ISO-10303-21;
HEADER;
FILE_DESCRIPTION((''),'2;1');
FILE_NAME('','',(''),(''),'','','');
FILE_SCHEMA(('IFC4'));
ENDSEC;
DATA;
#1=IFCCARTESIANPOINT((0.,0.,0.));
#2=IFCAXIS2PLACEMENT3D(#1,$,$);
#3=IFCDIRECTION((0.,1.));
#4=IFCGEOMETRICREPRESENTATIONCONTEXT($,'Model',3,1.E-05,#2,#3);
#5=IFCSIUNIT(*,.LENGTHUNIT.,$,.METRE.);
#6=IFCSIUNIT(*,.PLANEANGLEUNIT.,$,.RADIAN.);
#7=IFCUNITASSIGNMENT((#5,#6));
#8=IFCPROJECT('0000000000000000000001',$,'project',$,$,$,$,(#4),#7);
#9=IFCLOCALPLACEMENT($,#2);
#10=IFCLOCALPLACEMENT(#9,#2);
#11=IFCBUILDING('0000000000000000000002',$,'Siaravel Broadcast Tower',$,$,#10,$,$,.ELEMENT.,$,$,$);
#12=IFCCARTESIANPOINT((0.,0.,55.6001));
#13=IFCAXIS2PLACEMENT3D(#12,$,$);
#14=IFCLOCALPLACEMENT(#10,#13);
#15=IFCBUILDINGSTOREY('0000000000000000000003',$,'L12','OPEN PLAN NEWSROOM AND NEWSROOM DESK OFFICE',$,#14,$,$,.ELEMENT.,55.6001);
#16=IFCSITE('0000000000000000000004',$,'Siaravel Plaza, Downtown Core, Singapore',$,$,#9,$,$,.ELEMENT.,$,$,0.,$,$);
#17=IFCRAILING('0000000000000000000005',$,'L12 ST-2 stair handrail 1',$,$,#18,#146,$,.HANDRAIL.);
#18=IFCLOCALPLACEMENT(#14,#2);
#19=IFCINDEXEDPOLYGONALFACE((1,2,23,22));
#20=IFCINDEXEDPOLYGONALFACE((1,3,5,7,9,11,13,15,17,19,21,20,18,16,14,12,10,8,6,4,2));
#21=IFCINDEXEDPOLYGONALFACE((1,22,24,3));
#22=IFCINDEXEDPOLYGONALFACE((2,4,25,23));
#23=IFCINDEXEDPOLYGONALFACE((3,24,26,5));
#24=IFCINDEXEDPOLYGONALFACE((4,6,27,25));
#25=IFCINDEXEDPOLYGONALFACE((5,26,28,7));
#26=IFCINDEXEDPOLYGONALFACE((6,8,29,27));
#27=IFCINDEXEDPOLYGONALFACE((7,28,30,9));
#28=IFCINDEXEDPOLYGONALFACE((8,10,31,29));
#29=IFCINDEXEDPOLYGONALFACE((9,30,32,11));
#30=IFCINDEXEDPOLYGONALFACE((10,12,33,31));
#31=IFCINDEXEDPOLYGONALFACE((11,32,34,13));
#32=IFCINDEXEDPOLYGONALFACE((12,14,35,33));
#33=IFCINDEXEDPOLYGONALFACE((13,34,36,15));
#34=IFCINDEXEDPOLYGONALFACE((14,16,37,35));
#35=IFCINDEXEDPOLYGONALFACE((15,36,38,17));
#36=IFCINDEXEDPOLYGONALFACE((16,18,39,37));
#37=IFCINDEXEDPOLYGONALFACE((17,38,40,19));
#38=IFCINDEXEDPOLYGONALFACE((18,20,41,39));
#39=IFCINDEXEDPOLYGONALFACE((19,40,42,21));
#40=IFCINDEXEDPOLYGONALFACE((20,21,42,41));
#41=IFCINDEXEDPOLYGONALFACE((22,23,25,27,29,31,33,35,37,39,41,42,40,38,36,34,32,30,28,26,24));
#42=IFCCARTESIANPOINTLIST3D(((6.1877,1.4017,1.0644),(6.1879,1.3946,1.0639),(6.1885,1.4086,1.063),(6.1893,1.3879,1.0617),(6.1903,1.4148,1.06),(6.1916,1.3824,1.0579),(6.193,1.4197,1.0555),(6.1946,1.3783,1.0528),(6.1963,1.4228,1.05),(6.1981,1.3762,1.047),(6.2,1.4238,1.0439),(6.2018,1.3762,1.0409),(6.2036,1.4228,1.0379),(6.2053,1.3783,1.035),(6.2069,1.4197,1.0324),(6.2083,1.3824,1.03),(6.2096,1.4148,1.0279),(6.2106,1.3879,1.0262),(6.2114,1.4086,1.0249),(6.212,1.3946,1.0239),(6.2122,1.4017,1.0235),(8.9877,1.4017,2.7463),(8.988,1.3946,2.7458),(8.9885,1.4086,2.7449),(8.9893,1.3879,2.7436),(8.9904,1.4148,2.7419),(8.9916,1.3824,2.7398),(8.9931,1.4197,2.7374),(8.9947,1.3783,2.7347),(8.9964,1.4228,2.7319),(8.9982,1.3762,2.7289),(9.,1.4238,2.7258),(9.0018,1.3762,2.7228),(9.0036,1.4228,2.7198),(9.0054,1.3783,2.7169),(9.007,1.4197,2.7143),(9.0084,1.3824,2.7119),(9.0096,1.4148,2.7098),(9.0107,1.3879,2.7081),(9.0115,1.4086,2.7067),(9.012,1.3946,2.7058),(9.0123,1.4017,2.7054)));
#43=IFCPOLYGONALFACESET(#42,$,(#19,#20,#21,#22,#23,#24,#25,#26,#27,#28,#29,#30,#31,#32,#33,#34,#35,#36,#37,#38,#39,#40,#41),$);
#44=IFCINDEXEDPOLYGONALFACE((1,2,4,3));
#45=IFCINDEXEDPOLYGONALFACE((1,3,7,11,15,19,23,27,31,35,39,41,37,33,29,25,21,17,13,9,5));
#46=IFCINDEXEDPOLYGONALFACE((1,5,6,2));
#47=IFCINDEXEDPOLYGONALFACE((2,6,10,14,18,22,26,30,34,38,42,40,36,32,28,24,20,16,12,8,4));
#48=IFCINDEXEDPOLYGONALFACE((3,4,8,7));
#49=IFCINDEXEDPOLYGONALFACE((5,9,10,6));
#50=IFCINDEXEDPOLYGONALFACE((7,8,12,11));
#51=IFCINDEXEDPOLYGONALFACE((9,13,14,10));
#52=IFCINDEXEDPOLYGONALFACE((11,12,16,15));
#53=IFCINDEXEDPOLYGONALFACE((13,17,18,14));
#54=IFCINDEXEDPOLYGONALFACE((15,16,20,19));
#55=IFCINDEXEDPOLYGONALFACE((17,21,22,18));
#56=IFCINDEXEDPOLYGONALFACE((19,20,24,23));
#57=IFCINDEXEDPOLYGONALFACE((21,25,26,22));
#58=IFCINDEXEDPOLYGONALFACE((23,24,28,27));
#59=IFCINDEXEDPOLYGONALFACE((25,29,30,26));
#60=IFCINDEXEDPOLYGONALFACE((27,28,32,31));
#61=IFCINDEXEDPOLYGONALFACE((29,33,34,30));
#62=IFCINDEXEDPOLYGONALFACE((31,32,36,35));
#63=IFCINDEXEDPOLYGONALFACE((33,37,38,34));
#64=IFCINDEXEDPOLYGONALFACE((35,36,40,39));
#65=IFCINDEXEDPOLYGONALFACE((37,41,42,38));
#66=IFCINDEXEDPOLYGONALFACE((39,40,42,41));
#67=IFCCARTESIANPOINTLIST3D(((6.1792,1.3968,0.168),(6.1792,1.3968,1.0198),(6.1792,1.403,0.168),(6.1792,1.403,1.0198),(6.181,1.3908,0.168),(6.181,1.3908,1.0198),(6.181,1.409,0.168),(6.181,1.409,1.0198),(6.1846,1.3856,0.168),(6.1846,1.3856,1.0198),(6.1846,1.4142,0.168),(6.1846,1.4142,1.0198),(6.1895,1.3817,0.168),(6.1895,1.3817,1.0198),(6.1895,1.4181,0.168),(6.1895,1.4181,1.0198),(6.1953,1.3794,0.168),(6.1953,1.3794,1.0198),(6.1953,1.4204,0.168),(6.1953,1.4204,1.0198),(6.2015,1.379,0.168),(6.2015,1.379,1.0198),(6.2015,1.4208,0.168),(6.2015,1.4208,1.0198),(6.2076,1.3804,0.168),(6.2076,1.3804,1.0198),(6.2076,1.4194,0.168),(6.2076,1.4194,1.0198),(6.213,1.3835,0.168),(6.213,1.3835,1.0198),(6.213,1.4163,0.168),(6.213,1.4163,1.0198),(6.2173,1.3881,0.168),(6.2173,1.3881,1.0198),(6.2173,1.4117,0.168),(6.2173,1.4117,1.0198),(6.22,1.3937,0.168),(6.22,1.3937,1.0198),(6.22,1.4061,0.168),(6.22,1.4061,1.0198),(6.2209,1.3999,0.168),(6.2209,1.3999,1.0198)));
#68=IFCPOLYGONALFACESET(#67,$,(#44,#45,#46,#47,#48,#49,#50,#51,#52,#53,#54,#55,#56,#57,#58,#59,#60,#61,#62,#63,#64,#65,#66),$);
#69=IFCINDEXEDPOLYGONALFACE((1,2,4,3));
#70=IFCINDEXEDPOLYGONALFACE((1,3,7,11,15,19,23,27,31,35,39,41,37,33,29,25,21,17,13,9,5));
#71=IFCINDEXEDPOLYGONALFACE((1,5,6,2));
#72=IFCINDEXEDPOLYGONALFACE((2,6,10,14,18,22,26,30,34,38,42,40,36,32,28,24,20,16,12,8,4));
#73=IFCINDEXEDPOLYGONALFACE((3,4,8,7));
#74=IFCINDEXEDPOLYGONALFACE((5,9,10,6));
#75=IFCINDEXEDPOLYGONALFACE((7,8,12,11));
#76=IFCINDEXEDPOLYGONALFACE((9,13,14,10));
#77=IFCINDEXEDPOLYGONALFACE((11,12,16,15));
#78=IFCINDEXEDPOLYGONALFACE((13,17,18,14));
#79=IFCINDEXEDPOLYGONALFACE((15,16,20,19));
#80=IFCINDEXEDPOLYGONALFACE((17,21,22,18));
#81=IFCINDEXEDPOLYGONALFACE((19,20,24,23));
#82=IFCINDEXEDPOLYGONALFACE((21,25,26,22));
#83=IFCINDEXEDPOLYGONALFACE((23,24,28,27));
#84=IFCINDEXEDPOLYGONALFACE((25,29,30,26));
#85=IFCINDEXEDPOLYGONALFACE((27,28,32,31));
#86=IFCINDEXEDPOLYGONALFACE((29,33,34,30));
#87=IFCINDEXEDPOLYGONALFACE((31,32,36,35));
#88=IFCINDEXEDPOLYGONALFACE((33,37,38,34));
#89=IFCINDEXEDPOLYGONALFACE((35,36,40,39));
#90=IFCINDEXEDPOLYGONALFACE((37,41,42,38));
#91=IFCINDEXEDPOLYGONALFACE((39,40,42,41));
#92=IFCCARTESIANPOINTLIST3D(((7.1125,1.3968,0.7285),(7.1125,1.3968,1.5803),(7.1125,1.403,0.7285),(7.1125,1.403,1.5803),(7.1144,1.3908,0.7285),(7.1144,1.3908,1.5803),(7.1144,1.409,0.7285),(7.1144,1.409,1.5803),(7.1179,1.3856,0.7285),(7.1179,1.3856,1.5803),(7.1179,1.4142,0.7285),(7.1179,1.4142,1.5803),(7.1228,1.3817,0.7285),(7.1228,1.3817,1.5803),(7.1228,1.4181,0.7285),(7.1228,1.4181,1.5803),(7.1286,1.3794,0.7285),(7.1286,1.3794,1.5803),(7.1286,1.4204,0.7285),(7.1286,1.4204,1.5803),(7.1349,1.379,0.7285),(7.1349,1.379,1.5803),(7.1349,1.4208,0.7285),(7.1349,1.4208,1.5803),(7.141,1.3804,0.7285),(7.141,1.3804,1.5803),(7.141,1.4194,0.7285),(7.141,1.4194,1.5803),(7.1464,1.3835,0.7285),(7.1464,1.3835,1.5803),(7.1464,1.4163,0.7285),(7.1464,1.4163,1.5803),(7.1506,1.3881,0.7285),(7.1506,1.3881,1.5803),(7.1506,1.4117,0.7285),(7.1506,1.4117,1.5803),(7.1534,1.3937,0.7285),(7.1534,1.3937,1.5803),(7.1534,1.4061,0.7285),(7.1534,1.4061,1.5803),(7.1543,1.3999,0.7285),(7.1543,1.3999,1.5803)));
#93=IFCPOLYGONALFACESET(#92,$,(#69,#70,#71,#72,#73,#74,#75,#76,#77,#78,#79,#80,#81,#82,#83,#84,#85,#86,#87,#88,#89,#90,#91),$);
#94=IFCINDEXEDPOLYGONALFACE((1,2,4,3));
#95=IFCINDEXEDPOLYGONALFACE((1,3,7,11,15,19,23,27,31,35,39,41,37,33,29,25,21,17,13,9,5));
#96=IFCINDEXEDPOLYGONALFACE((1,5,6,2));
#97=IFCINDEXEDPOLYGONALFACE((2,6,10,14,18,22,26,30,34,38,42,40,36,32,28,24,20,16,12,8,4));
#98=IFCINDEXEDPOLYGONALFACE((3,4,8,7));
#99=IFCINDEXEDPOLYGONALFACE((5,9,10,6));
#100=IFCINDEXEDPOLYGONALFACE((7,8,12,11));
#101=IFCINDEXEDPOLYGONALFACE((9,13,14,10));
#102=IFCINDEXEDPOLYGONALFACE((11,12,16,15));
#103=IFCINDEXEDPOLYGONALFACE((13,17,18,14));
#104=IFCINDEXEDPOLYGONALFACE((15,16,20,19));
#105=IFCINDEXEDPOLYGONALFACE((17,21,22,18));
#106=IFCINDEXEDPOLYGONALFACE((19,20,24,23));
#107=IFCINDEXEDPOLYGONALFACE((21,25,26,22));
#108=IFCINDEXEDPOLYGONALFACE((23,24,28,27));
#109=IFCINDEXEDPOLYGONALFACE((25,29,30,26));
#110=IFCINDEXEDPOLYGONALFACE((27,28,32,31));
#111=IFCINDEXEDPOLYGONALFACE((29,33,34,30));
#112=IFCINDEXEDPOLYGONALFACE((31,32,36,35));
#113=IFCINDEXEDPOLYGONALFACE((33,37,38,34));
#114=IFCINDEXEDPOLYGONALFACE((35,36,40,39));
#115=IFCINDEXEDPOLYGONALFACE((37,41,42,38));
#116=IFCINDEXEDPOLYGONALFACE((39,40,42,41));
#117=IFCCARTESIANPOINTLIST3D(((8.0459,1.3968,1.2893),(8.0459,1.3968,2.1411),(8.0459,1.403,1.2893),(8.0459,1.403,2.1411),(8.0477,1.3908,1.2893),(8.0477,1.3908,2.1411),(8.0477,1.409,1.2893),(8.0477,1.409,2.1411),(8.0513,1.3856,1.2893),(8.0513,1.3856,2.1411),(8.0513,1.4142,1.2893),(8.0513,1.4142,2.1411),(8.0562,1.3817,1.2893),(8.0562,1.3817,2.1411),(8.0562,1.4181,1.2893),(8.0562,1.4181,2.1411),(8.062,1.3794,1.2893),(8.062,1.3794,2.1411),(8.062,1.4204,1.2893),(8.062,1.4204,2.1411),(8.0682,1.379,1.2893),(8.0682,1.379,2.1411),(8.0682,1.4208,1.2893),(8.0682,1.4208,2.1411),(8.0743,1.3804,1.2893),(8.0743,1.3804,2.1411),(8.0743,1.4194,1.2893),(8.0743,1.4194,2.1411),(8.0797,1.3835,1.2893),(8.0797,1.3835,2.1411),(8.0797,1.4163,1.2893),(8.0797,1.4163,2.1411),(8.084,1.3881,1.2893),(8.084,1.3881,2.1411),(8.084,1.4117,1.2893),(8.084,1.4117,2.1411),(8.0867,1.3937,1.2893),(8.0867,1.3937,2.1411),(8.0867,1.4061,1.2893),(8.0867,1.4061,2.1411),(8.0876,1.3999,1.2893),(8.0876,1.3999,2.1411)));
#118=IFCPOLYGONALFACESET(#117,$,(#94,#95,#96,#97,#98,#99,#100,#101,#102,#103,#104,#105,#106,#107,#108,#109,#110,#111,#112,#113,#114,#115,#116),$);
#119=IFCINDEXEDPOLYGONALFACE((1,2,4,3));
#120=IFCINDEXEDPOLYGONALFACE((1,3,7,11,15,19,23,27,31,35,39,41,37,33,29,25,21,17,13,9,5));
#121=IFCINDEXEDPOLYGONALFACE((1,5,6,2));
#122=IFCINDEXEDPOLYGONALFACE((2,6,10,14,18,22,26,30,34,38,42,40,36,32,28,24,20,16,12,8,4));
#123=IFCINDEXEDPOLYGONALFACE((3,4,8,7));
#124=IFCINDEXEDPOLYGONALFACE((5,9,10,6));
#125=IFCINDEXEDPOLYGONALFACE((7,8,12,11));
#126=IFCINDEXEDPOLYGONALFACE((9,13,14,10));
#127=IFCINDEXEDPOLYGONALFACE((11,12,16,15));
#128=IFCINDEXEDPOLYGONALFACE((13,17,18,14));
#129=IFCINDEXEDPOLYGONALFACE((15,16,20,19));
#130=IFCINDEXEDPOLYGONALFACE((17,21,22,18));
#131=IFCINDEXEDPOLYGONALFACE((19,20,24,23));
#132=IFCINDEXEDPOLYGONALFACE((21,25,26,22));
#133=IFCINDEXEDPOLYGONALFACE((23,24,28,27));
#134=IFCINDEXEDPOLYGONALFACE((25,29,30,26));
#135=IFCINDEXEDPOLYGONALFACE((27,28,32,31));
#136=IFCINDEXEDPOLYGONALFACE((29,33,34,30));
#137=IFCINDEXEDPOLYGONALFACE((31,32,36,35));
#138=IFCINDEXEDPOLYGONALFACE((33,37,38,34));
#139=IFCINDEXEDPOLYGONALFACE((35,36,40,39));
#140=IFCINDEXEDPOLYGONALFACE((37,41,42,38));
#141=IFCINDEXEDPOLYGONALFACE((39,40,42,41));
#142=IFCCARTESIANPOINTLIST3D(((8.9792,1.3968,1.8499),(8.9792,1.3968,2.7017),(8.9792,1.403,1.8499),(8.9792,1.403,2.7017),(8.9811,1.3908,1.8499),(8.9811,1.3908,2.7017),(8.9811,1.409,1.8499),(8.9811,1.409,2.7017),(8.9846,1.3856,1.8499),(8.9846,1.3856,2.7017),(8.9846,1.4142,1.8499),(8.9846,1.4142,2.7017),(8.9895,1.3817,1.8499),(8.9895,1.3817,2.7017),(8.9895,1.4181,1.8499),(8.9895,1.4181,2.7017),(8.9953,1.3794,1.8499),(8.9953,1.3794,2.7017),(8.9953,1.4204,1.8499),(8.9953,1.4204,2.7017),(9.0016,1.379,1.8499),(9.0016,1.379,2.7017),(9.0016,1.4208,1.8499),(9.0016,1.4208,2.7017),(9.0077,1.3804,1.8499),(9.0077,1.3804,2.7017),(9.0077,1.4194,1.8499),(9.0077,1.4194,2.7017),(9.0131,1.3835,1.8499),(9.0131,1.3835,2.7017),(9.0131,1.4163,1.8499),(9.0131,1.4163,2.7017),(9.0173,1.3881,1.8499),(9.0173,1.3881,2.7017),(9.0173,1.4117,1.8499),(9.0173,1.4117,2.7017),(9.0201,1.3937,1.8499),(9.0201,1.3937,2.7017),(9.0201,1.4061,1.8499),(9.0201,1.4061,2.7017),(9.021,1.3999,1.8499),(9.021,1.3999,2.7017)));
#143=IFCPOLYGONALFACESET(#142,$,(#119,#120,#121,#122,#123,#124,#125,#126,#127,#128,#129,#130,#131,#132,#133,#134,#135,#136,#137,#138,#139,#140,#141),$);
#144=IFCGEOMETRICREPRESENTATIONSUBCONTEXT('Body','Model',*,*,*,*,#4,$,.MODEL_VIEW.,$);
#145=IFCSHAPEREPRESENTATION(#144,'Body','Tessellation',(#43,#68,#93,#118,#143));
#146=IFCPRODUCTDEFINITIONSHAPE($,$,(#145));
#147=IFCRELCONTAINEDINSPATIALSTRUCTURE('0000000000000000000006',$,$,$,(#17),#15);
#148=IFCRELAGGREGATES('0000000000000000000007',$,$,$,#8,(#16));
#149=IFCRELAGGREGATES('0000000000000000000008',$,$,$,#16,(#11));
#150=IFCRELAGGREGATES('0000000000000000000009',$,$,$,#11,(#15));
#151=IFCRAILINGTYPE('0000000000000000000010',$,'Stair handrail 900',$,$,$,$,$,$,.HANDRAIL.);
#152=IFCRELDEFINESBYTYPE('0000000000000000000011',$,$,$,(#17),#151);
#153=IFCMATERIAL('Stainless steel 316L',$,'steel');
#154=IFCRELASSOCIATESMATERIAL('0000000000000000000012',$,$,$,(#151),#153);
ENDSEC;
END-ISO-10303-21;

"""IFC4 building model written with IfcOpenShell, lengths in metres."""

from ifc_helpers import new_model, si_unit, direction, frame, origin, origin_2d, place, context, subcontext, project, spatial, circle, extrude, material, type_object, element, save


model = new_model("IFC4")

# Units and contexts
model_context = context("Model", 3, precision=1e-05, world=origin(), true_north=direction((0.0, 1.0)))
body_context = subcontext(model_context, "Body", "Model", "MODEL_VIEW")
ifc_project = project(units=[si_unit("LENGTHUNIT", "METRE"), si_unit("PLANEANGLEUNIT", "RADIAN")], contexts=[model_context])

# Site, building, storey
site_placement = place(None, origin())
site = spatial("IfcSite", under=ifc_project, at=site_placement, Name="Siaravel Plaza, Downtown Core, Singapore", CompositionType="ELEMENT", RefElevation=0.0)
building_placement = place(site_placement, origin())
building = spatial("IfcBuilding", under=site, at=building_placement, Name="Siaravel Broadcast Tower", CompositionType="ELEMENT")
storey_placement = place(building_placement, frame((0.0, 0.0, 55.6001)))
storey = spatial("IfcBuildingStorey", under=building, at=storey_placement, Name="L12", Description="OPEN PLAN NEWSROOM AND NEWSROOM DESK OFFICE", CompositionType="ELEMENT", Elevation=55.6001)

# Railing
ifc_material_1 = material(Name="Stainless steel 316L", Category="steel")
railing_type_1 = type_object("IfcRailingType", Name="Stair handrail 900", PredefinedType="HANDRAIL", material=ifc_material_1)
railing_1_placement = place(storey_placement, frame((6.2, 1.3999, 0.168)))
element("IfcRailing", 1, at=railing_1_placement, inside=storey, type_object=railing_type_1, Name="L12 ST-2 stair handrail 1", PredefinedType="HANDRAIL", context=body_context, shape_type="SweptSolid", body=[
    extrude(circle(Radius=0.0239, at=origin_2d()), frame((0.0, 0.0, 0.876), z_axis=(0.857242, 0.0, 0.514913), x_axis=(0.0, 1.0, 0.0)), (0.0, 0.0, 1.0), 3.2664),
    extrude(circle(Radius=0.021, at=origin_2d()), origin(), (0.0, 0.0, 1.0), 0.8518),
    extrude(circle(Radius=0.021, at=origin_2d()), frame((0.9333, 0.0, 0.5605)), (0.0, 0.0, 1.0), 0.8518),
    extrude(circle(Radius=0.021, at=origin_2d()), frame((1.8667, 0.0, 1.1213)), (0.0, 0.0, 1.0), 0.8518),
    extrude(circle(Radius=0.021, at=origin_2d()), frame((2.8, 0.0, 1.6819)), (0.0, 0.0, 1.0), 0.8518),
])

save(model, "model.ifc")
